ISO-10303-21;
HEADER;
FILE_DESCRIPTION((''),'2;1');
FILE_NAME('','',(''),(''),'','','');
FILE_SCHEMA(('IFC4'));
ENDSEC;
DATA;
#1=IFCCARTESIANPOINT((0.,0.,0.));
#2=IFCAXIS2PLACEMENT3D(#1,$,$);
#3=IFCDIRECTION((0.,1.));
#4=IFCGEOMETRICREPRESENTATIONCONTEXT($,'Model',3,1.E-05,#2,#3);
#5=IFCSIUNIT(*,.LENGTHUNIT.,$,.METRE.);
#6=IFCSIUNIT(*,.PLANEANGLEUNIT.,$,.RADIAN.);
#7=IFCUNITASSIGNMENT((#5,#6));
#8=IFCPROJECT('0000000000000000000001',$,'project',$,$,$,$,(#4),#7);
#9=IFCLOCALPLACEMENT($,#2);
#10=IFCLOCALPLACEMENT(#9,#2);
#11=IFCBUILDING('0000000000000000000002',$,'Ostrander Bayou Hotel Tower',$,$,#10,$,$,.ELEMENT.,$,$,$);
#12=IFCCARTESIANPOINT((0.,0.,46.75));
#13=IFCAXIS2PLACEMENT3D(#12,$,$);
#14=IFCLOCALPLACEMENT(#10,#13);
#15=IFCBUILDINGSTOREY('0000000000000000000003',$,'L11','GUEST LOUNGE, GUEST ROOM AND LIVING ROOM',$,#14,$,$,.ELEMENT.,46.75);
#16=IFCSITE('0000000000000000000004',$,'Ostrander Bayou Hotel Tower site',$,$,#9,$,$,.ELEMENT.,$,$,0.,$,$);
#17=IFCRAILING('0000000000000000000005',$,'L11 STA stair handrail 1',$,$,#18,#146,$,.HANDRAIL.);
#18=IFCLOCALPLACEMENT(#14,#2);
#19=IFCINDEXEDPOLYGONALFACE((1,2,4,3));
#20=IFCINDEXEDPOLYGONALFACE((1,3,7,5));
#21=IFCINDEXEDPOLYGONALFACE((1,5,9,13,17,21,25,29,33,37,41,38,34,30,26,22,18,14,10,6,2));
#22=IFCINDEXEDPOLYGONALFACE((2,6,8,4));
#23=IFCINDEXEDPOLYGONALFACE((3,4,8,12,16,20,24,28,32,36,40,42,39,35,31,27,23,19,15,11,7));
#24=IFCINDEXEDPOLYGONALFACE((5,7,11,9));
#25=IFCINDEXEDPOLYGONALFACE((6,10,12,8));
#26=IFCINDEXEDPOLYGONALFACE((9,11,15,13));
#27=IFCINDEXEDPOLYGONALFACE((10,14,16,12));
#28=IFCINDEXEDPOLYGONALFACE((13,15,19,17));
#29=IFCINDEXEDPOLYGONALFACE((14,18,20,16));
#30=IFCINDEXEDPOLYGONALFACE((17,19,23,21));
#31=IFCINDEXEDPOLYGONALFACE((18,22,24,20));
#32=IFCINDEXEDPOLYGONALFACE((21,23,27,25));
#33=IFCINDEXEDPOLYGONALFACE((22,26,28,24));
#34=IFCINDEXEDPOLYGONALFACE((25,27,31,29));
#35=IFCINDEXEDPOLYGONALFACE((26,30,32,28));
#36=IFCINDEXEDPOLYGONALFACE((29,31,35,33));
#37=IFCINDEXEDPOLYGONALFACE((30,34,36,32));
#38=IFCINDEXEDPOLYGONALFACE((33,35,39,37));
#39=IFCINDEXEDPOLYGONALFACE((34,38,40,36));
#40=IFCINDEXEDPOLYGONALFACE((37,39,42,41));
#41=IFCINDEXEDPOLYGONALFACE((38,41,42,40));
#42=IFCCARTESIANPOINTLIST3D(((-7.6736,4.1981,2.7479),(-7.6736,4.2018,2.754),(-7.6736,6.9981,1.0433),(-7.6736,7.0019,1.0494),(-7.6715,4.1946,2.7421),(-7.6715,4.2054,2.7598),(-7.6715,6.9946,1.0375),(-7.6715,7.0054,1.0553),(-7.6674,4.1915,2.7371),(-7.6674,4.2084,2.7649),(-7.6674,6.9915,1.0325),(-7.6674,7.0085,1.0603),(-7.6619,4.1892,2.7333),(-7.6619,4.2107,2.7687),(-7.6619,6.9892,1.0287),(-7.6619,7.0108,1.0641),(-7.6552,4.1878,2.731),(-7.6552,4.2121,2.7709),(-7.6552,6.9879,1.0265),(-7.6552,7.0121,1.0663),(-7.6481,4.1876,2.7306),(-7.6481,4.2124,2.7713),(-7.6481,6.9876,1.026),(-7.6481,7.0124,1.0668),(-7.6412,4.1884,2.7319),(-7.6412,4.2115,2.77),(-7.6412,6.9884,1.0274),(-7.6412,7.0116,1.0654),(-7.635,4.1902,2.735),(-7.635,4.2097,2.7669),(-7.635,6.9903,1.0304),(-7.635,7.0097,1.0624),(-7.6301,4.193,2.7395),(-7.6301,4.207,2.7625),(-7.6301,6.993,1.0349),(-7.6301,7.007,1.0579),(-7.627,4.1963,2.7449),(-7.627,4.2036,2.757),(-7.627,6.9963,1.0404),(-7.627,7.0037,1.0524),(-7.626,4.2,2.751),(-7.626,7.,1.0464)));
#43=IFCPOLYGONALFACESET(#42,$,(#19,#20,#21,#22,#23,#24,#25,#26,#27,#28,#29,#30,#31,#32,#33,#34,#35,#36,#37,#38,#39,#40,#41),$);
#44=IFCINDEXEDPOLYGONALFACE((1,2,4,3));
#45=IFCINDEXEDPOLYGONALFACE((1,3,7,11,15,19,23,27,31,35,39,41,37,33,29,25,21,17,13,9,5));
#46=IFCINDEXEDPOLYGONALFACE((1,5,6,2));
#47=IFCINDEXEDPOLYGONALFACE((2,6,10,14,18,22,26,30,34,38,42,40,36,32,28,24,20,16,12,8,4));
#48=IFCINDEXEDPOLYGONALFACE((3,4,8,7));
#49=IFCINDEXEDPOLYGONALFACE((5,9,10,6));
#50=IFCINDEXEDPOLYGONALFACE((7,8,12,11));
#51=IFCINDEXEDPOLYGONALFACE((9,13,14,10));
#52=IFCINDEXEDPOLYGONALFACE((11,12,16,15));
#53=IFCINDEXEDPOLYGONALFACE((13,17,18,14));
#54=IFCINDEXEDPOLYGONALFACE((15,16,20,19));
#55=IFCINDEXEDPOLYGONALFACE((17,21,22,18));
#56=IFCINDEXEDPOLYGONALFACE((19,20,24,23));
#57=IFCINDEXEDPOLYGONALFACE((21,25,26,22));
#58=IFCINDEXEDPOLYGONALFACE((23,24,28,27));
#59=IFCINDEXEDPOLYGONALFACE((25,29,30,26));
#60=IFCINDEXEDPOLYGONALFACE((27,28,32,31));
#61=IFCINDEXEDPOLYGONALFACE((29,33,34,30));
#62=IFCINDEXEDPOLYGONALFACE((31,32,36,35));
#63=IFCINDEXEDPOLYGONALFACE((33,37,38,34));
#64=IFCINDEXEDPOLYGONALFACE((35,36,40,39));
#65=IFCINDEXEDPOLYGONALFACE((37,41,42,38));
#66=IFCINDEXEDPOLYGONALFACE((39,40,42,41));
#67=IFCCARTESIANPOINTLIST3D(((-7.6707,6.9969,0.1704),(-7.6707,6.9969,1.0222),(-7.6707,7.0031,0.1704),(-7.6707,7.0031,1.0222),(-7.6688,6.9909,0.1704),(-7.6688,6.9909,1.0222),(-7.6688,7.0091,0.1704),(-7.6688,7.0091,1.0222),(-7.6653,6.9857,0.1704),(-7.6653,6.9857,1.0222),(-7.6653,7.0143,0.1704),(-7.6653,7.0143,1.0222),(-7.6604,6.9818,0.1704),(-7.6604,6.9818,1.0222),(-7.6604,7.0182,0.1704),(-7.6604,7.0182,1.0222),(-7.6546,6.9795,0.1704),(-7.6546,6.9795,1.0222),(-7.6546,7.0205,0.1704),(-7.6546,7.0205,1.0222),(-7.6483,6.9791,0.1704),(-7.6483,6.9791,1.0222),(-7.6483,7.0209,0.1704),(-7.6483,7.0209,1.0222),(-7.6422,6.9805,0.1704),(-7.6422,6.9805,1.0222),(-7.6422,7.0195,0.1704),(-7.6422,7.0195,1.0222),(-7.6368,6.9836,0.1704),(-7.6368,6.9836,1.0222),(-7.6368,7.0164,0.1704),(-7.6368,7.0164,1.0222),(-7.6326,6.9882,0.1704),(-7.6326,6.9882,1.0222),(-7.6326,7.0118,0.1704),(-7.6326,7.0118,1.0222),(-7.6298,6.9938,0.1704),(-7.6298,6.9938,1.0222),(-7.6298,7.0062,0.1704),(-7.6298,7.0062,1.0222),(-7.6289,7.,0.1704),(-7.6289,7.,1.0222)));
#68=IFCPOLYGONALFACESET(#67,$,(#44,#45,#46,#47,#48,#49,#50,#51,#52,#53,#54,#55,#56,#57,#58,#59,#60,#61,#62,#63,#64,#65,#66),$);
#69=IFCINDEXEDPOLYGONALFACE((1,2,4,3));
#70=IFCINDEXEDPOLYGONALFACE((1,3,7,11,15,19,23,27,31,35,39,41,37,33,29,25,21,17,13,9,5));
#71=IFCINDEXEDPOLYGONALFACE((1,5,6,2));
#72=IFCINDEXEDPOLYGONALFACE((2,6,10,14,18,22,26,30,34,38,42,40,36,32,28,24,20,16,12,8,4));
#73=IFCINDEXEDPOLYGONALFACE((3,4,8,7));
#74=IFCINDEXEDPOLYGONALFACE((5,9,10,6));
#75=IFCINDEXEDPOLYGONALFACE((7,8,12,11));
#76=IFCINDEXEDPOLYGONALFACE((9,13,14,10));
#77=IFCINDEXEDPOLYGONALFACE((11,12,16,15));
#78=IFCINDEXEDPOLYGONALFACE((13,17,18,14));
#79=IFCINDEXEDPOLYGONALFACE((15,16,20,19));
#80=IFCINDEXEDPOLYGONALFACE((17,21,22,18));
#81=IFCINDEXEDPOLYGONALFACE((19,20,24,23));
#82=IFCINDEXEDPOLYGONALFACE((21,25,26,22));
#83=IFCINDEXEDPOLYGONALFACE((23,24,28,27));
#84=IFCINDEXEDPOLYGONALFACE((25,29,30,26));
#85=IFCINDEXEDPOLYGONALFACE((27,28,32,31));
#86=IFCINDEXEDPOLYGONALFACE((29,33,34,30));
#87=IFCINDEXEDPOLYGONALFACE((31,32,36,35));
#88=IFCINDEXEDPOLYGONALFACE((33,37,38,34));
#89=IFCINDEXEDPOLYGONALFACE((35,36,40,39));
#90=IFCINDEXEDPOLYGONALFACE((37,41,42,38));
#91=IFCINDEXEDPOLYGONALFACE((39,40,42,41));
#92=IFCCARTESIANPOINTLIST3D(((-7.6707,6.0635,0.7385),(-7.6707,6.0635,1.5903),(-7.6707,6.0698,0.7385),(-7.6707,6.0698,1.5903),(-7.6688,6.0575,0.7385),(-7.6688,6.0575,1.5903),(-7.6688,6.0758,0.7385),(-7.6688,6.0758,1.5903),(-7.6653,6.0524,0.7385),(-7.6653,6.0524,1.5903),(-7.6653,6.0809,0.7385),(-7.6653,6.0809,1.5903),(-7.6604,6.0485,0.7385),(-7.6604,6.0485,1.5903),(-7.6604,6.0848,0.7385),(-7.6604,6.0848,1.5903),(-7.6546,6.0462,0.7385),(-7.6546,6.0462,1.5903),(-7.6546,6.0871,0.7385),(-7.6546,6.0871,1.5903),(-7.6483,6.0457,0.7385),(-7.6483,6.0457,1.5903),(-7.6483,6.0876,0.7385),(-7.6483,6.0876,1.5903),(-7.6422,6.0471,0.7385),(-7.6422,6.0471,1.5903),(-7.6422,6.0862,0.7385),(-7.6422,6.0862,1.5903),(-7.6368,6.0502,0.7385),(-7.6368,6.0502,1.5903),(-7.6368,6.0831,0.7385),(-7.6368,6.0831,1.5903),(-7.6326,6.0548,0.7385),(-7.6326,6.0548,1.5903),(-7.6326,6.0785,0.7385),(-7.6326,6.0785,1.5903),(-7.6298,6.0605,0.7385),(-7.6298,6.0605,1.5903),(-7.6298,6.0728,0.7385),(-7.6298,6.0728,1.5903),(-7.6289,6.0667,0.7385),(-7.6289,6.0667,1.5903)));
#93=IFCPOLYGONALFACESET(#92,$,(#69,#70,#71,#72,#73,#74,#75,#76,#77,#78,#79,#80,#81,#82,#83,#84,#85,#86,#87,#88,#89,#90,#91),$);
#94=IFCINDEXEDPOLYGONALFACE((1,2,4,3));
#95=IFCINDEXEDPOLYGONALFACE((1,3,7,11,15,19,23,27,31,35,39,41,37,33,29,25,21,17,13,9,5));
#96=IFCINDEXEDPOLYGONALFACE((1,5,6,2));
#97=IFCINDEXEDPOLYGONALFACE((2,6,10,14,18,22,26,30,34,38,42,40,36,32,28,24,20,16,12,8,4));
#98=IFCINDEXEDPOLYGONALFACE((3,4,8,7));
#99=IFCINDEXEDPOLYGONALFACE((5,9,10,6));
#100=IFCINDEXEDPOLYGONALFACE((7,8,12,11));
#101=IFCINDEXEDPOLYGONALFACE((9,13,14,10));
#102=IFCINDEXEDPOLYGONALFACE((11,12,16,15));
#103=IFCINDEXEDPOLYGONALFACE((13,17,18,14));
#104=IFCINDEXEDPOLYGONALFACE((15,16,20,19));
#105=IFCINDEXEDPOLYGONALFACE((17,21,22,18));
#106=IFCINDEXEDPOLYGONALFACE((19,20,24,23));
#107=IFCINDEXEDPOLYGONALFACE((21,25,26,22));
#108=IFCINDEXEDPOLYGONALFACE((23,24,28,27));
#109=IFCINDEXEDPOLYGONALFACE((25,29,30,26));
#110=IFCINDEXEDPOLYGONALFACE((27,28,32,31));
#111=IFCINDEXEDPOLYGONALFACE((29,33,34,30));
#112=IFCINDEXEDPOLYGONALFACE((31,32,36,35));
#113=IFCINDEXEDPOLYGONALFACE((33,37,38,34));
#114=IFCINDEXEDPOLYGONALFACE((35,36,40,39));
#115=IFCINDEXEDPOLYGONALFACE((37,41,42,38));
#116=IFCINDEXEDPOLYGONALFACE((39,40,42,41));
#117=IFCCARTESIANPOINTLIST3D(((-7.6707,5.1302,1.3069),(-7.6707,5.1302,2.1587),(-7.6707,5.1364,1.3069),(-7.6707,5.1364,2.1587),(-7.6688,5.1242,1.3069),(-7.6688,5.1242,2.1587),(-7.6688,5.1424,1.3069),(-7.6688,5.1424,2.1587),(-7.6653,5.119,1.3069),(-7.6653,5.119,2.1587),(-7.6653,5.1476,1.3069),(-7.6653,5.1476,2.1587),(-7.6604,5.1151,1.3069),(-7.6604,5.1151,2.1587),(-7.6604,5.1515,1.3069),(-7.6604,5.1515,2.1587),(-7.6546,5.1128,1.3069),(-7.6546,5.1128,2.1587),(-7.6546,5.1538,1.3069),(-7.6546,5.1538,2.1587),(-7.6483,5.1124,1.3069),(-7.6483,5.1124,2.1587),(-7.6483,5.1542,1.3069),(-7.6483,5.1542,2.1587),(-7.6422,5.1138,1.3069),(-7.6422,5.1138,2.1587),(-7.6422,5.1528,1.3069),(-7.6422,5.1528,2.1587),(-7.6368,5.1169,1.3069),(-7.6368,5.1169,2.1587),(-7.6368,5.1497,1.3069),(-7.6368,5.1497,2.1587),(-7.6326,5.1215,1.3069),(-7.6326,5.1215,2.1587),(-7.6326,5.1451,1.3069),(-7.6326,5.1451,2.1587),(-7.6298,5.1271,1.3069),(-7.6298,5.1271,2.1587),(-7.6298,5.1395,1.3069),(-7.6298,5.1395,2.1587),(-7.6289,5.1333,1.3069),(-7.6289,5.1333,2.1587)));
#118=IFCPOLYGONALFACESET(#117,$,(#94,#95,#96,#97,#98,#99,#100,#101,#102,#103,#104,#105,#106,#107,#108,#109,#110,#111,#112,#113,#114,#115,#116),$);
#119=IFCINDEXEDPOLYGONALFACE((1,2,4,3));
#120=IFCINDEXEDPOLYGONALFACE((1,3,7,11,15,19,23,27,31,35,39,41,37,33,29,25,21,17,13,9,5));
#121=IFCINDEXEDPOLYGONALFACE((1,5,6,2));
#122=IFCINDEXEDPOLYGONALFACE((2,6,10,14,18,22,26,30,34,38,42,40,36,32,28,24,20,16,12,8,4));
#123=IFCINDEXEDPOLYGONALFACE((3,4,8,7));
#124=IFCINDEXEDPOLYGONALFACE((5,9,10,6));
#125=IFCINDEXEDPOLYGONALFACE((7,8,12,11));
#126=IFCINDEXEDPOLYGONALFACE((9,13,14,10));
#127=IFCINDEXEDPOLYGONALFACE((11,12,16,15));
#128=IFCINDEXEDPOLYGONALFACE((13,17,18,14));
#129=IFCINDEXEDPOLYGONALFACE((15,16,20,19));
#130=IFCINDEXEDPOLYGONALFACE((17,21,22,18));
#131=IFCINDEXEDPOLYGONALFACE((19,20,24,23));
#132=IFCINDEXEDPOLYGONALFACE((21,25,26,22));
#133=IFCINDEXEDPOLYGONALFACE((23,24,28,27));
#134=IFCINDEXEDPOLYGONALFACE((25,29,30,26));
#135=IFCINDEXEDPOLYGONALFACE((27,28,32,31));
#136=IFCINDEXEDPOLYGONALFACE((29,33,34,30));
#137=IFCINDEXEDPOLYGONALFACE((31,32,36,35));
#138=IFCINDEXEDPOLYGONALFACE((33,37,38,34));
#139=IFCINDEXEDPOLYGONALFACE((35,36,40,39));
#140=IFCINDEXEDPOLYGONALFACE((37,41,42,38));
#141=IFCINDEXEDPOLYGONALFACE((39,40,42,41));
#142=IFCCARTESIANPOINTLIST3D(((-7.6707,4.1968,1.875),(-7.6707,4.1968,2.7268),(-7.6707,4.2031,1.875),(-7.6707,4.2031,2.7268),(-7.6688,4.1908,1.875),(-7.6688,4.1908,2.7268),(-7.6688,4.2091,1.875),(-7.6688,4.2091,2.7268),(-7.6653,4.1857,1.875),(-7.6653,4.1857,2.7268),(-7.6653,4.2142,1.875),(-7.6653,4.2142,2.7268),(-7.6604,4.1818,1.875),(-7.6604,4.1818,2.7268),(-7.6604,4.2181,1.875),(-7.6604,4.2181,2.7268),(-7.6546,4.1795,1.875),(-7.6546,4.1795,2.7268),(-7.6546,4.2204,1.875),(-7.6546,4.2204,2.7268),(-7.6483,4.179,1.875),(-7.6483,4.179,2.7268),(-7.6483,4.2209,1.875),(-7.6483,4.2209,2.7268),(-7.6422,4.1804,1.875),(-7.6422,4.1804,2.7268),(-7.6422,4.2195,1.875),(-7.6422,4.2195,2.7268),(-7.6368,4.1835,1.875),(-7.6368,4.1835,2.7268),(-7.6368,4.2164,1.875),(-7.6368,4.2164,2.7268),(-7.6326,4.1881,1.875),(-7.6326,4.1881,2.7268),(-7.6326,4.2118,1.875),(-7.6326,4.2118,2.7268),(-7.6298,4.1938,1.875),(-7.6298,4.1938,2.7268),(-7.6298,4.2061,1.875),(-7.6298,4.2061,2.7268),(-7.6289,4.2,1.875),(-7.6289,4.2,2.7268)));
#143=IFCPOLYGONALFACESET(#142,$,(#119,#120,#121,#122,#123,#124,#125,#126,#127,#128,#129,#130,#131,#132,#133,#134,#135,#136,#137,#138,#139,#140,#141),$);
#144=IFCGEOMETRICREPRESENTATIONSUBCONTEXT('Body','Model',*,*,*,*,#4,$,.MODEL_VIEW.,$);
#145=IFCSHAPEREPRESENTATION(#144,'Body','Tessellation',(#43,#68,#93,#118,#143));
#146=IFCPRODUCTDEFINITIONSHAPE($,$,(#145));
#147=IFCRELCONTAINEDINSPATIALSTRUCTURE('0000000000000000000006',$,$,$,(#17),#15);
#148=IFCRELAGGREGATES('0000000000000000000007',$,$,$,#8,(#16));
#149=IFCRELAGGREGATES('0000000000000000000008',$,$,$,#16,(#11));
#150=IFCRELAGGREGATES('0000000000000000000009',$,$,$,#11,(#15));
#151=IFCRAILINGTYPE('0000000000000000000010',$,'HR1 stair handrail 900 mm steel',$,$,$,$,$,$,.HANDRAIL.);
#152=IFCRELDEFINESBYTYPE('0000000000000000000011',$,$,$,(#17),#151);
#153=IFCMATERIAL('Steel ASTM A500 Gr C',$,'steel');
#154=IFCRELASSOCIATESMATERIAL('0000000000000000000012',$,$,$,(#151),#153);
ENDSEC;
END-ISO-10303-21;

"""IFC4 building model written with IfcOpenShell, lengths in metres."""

from ifc_helpers import new_model, si_unit, direction, frame, origin, origin_2d, place, context, subcontext, project, spatial, circle, extrude, material, type_object, element, save


model = new_model("IFC4")

# Units and contexts
model_context = context("Model", 3, precision=1e-05, world=origin(), true_north=direction((0.0, 1.0)))
body_context = subcontext(model_context, "Body", "Model", "MODEL_VIEW")
ifc_project = project(units=[si_unit("LENGTHUNIT", "METRE"), si_unit("PLANEANGLEUNIT", "RADIAN")], contexts=[model_context])

# Site, building, storey
site_placement = place(None, origin())
site = spatial("IfcSite", under=ifc_project, at=site_placement, Name="Ostrander Bayou Hotel Tower site", CompositionType="ELEMENT", RefElevation=0.0)
building_placement = place(site_placement, origin())
building = spatial("IfcBuilding", under=site, at=building_placement, Name="Ostrander Bayou Hotel Tower", CompositionType="ELEMENT")
storey_placement = place(building_placement, frame((0.0, 0.0, 46.75)))
storey = spatial("IfcBuildingStorey", under=building, at=storey_placement, Name="L11", Description="GUEST LOUNGE, GUEST ROOM AND LIVING ROOM", CompositionType="ELEMENT", Elevation=46.75)

# Railing
ifc_material_1 = material(Name="Steel ASTM A500 Gr C", Category="steel")
railing_type_1 = type_object("IfcRailingType", Name="HR1 stair handrail 900 mm steel", PredefinedType="HANDRAIL", material=ifc_material_1)
railing_1_placement = place(storey_placement, frame((-7.6499, 7.0, 0.1704)))
element("IfcRailing", 1, at=railing_1_placement, inside=storey, type_object=railing_type_1, Name="L11 STA stair handrail 1", PredefinedType="HANDRAIL", context=body_context, shape_type="SweptSolid", body=[
    extrude(circle(Radius=0.0239, at=origin_2d()), frame((0.0, 0.0, 0.876), z_axis=(0.0, -0.85417, 0.519994), x_axis=(1.0, 0.0, 0.0)), (0.0, 0.0, 1.0), 3.2781),
    extrude(circle(Radius=0.021, at=origin_2d()), origin(), (0.0, 0.0, 1.0), 0.8518),
    extrude(circle(Radius=0.021, at=origin_2d()), frame((0.0, -0.9333, 0.5681)), (0.0, 0.0, 1.0), 0.8518),
    extrude(circle(Radius=0.021, at=origin_2d()), frame((0.0, -1.8667, 1.1365)), (0.0, 0.0, 1.0), 0.8518),
    extrude(circle(Radius=0.021, at=origin_2d()), frame((0.0, -2.8, 1.7046)), (0.0, 0.0, 1.0), 0.8518),
])

save(model, "model.ifc")
